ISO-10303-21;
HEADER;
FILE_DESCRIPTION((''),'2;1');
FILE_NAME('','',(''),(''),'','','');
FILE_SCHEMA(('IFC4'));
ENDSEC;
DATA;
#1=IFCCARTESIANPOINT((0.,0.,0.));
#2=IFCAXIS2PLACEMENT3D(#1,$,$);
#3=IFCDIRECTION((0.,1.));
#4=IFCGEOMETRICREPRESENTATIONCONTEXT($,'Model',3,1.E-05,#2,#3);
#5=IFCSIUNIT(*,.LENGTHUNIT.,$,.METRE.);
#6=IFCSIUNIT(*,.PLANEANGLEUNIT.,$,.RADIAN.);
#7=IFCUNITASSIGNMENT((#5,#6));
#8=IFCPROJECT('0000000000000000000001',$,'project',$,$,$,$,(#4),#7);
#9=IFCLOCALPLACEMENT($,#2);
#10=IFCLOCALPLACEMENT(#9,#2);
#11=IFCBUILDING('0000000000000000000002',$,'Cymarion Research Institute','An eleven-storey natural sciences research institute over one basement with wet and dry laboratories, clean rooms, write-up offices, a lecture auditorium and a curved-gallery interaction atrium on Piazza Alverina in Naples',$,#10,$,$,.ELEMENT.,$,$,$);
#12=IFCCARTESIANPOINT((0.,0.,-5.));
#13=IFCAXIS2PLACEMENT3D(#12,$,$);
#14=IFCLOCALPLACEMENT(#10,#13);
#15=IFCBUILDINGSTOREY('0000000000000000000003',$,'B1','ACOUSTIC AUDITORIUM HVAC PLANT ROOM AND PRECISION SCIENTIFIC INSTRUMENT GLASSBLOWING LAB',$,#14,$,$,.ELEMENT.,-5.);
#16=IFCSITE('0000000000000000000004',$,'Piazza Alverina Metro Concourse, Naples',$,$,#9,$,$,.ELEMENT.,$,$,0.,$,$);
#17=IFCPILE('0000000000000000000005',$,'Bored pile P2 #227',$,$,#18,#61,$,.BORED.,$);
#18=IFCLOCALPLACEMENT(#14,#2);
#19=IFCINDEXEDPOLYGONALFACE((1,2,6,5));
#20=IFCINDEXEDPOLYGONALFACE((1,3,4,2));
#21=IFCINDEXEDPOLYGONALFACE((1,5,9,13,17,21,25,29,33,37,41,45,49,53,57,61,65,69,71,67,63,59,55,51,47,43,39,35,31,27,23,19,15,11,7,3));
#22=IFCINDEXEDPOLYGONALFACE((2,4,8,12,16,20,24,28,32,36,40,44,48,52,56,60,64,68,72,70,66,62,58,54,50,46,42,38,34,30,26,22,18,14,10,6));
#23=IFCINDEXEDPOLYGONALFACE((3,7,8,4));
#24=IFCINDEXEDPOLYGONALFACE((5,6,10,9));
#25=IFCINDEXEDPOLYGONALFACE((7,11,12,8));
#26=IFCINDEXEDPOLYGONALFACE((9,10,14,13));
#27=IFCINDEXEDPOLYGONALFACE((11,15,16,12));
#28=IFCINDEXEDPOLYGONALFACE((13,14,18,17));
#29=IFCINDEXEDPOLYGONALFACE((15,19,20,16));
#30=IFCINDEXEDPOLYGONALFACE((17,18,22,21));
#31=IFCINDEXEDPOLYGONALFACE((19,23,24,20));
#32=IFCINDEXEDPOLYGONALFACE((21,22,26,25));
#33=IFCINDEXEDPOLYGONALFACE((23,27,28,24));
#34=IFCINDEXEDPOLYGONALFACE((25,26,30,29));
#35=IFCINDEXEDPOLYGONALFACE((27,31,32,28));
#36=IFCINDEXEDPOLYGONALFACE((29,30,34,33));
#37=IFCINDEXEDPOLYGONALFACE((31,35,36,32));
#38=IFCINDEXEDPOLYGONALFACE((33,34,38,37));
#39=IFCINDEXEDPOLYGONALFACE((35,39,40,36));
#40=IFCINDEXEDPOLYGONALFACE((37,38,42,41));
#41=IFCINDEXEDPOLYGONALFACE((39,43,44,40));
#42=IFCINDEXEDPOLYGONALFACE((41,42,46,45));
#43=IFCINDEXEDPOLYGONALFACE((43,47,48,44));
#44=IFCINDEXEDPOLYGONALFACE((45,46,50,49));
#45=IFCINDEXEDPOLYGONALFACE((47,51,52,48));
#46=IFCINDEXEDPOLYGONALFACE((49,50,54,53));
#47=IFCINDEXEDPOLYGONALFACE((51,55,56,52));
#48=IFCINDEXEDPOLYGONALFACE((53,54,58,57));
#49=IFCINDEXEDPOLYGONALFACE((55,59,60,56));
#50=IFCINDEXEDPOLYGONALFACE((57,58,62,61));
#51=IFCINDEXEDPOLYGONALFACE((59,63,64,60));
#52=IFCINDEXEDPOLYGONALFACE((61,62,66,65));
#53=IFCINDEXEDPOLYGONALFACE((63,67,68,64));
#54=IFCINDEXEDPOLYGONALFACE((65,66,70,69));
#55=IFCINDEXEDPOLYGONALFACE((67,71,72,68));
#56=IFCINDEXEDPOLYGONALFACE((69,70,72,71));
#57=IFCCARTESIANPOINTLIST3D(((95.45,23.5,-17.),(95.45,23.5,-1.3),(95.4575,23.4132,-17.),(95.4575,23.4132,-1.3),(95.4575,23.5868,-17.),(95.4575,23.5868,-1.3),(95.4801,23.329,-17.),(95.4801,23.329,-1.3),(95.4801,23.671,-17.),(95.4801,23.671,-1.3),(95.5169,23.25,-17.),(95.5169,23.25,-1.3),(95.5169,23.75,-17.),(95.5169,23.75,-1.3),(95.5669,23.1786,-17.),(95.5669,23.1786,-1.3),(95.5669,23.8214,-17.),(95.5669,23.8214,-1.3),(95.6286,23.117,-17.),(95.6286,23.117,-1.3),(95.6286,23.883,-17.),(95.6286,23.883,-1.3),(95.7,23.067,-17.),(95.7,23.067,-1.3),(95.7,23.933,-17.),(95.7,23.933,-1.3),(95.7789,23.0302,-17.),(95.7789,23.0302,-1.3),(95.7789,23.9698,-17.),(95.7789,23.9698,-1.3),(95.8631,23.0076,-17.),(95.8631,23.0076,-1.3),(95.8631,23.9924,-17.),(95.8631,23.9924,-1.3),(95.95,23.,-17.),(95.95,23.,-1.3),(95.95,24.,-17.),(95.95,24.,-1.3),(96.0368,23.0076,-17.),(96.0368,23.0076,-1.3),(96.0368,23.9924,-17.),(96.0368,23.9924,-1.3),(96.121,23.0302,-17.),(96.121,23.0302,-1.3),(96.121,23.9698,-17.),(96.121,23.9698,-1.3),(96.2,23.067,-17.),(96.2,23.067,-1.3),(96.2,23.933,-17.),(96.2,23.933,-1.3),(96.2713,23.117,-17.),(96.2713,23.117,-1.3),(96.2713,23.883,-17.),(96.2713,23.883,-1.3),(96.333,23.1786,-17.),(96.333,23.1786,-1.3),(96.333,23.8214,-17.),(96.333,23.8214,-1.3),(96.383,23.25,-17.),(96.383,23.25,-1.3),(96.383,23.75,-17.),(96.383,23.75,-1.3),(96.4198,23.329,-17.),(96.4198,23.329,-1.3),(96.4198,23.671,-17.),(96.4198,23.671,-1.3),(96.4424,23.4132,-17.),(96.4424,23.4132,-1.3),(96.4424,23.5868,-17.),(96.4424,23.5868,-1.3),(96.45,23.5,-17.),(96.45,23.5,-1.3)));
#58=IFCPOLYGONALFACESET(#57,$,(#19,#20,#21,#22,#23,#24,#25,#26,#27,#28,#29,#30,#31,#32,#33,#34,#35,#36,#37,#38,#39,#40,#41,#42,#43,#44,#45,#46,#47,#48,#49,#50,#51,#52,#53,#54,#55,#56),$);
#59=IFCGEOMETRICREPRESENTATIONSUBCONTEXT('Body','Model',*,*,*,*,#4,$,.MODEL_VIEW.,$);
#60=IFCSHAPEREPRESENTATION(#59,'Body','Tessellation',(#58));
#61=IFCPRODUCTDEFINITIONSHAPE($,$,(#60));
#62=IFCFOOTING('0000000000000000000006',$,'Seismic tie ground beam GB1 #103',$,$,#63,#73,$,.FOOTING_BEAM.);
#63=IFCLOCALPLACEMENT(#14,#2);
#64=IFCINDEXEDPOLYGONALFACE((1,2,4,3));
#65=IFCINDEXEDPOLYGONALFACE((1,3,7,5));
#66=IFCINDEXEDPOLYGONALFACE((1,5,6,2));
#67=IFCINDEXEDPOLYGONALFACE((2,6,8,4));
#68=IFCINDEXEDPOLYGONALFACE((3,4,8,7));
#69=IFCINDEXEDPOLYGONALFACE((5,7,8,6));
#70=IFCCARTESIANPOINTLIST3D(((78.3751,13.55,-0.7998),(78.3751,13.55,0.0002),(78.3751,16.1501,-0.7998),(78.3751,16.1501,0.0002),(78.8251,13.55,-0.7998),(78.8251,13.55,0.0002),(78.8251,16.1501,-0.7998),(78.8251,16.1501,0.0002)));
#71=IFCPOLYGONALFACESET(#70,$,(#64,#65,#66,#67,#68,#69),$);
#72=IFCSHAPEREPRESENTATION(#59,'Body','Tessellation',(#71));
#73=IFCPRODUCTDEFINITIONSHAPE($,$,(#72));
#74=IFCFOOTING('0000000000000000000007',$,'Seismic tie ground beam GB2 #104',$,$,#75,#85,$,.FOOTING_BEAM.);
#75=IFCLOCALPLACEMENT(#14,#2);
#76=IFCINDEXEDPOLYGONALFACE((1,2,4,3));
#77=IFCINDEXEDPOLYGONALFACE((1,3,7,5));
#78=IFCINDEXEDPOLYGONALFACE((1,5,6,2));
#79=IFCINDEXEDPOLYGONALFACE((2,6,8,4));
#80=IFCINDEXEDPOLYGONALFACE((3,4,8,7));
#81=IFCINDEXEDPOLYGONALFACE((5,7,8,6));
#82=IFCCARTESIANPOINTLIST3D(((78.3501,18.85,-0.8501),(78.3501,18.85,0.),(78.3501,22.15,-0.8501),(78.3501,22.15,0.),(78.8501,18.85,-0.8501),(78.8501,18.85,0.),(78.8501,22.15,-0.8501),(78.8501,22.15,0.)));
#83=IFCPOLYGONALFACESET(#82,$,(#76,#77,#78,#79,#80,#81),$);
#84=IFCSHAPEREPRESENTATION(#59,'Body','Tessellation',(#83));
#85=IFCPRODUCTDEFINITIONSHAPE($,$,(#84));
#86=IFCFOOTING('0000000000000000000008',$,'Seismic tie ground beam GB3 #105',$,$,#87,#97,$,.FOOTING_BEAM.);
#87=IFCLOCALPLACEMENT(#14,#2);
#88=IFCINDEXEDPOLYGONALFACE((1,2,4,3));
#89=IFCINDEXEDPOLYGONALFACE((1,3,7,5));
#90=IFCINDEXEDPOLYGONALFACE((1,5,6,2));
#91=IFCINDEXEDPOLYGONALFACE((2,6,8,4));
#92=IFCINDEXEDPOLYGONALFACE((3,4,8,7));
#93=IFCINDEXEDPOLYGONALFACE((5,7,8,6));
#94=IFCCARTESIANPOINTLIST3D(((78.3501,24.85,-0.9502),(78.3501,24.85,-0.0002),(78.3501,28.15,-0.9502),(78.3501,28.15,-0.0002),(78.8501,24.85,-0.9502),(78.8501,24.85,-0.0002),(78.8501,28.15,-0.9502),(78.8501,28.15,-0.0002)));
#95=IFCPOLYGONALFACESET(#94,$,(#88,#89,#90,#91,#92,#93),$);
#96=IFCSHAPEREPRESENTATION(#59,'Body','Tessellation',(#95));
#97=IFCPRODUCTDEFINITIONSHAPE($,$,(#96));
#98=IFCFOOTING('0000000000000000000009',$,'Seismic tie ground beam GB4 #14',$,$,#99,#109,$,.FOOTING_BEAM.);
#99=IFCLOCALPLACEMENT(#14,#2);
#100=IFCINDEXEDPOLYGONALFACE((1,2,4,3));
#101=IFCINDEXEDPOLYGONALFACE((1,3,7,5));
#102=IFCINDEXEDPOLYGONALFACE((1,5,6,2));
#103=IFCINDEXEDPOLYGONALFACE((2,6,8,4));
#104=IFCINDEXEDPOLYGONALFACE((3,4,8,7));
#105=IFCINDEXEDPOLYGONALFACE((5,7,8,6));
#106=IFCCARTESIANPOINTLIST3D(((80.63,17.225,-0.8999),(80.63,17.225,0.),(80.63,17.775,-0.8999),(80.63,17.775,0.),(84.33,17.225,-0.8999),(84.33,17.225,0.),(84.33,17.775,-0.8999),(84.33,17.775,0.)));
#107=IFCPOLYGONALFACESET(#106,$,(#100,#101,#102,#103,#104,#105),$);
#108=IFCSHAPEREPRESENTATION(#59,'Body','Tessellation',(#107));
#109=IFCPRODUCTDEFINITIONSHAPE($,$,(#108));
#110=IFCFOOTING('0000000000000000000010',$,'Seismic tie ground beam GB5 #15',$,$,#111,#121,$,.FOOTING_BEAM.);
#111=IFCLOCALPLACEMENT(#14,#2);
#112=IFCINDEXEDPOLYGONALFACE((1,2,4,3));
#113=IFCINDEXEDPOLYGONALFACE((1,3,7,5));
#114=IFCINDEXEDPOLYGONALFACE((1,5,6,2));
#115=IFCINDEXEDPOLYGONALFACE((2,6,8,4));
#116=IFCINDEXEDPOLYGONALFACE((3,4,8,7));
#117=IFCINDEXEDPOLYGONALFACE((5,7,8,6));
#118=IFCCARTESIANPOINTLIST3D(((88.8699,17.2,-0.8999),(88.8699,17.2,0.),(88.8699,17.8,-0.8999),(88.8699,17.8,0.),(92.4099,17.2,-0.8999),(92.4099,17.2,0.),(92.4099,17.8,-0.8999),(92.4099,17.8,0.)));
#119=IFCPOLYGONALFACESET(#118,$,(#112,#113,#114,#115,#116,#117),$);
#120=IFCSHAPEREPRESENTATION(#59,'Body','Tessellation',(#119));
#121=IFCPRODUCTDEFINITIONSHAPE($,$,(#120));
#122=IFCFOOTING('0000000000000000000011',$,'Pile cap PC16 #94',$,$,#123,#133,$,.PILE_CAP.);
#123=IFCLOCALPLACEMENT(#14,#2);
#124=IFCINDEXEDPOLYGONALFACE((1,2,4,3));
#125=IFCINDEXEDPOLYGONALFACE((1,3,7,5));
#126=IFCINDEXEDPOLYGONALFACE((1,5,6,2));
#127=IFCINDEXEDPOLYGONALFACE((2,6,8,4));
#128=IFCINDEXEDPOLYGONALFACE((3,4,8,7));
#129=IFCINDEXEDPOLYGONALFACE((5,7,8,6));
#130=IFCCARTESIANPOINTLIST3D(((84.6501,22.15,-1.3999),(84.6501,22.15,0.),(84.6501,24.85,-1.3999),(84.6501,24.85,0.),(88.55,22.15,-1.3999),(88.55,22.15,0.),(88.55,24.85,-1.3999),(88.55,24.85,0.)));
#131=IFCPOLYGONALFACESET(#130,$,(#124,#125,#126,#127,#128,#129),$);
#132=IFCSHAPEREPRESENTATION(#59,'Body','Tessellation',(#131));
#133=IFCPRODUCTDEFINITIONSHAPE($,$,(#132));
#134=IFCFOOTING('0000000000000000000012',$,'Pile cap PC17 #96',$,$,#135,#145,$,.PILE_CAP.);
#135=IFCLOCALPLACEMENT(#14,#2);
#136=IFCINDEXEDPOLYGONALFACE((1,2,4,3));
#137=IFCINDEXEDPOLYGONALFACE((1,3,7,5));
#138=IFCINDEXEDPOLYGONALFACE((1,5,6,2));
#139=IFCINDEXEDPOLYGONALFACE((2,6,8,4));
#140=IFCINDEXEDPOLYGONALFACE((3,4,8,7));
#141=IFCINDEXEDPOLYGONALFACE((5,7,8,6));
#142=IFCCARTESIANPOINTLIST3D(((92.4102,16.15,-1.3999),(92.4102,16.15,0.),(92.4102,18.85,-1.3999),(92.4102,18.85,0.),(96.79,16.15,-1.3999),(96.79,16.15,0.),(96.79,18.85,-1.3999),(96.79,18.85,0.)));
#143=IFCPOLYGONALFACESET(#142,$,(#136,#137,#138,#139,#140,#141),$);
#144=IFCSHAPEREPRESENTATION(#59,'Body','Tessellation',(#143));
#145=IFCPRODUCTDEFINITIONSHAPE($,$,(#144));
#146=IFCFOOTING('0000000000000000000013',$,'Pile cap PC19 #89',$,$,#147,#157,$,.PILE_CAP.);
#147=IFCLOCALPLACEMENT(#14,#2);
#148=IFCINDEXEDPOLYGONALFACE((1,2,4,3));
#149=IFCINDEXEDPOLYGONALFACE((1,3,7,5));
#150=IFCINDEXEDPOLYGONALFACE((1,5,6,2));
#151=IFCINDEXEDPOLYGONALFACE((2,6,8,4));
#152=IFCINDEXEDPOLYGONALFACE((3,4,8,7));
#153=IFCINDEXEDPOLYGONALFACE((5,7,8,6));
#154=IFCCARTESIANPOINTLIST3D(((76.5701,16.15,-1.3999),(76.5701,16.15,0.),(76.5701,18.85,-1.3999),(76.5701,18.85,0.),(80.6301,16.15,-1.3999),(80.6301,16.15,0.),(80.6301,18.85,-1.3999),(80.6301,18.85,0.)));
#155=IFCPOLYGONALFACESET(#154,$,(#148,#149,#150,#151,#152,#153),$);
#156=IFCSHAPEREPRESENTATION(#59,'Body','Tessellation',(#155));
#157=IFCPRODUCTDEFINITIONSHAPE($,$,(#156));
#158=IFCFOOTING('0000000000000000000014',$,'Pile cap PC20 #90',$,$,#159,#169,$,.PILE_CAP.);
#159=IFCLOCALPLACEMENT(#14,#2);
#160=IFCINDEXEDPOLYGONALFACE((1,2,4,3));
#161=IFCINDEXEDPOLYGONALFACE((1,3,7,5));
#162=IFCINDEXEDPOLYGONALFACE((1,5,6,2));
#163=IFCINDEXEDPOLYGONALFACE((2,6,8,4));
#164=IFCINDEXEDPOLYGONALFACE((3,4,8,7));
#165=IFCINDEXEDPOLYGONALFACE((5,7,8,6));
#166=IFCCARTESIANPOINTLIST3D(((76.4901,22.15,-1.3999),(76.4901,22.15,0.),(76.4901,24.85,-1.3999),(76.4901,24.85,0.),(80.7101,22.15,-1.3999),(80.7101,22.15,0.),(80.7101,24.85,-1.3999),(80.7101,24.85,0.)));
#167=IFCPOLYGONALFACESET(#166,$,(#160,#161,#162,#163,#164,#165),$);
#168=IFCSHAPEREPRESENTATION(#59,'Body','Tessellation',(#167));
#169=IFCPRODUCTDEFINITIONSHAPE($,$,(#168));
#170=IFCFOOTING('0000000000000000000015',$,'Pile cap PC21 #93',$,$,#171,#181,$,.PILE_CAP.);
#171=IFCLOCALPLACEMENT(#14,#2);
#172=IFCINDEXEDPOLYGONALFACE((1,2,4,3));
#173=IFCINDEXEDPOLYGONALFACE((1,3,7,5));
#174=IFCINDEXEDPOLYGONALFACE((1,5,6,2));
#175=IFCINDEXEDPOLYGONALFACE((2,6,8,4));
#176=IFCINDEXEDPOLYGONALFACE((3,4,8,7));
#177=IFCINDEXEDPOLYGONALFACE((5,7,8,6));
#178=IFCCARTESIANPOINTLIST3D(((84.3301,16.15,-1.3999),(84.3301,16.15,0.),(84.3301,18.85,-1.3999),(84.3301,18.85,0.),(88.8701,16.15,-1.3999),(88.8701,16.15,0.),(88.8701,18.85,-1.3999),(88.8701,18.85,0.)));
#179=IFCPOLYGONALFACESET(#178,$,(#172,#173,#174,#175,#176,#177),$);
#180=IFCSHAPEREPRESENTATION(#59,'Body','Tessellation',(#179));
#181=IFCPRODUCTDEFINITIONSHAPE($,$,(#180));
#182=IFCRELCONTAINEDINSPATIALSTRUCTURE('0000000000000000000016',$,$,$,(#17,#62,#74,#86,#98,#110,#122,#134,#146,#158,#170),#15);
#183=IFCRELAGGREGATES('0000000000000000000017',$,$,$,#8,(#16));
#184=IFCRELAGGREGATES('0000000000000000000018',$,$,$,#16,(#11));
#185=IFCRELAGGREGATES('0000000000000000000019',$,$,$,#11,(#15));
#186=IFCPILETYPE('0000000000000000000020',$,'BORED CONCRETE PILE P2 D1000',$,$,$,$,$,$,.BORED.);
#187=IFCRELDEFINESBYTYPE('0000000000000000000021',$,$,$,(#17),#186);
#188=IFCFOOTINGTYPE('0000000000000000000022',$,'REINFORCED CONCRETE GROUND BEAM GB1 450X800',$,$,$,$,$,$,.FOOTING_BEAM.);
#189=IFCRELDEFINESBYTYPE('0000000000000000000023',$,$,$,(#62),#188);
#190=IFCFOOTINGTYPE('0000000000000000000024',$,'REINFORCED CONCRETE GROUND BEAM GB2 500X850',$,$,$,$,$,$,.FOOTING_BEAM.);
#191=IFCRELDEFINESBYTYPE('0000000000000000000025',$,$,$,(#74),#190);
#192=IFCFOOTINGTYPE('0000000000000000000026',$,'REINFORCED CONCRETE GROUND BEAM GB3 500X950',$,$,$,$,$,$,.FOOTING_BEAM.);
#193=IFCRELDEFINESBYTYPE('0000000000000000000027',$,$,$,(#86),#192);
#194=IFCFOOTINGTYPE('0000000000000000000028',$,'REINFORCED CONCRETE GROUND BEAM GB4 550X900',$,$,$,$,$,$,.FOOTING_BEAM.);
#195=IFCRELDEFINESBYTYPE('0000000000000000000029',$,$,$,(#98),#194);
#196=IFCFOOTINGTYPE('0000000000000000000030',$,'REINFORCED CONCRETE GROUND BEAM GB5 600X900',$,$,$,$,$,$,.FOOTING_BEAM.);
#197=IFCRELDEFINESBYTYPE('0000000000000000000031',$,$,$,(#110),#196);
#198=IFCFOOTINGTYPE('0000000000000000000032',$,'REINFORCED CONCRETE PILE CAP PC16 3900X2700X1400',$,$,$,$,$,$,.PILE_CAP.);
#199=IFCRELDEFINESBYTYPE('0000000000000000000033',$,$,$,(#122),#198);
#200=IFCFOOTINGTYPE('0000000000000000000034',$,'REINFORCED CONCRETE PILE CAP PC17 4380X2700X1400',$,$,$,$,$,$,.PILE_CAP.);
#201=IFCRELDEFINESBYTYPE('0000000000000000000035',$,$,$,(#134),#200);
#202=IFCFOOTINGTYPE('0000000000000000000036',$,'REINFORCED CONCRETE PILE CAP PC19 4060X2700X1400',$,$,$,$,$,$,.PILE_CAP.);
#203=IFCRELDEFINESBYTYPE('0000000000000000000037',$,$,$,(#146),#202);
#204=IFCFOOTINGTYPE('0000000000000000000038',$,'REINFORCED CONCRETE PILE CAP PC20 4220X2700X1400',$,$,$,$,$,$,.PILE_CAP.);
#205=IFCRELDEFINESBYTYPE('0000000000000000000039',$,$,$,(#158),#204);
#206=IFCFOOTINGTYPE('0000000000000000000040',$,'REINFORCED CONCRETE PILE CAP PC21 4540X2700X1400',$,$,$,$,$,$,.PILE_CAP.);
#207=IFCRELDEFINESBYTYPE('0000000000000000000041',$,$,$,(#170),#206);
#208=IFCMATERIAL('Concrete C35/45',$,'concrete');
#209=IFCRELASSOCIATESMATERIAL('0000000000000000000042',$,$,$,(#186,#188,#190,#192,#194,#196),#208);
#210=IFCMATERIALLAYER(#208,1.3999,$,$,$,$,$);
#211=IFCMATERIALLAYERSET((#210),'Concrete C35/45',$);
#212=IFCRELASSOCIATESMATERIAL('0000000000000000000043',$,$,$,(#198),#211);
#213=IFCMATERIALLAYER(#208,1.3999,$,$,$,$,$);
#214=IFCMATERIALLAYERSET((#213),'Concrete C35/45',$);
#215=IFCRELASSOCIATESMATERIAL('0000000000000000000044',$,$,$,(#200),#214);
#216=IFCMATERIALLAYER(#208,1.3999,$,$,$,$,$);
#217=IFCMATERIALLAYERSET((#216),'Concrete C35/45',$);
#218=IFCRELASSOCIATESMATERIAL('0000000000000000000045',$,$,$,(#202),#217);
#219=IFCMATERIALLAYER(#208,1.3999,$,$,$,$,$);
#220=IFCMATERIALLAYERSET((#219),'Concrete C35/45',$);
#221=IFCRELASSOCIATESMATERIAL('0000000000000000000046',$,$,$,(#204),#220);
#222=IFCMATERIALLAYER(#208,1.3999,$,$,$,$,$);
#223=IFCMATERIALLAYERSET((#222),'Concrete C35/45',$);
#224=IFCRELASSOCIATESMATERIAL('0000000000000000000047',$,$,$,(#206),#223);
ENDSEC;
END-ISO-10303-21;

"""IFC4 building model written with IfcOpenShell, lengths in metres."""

from ifc_helpers import new_model, si_unit, direction, frame, origin, origin_2d, place, context, subcontext, project, spatial, rectangle, circle, extrude, material, layer, layer_set, material_profile, profile_set, type_object, element, save


model = new_model("IFC4")

# Units and contexts
model_context = context("Model", 3, precision=1e-05, world=origin(), true_north=direction((0.0, 1.0)))
body_context = subcontext(model_context, "Body", "Model", "MODEL_VIEW")
ifc_project = project(units=[si_unit("LENGTHUNIT", "METRE"), si_unit("PLANEANGLEUNIT", "RADIAN")], contexts=[model_context])

# Site, building, storey
site_placement = place(None, origin())
site = spatial("IfcSite", under=ifc_project, at=site_placement, Name="Piazza Alverina Metro Concourse, Naples", CompositionType="ELEMENT", RefElevation=0.0)
building_placement = place(site_placement, origin())
building = spatial("IfcBuilding", under=site, at=building_placement, Name="Cymarion Research Institute", Description="An eleven-storey natural sciences research institute over one basement with wet and dry laboratories, clean rooms, write-up offices, a lecture auditorium and a curved-gallery interaction atrium on Piazza Alverina in Naples", CompositionType="ELEMENT")
storey_placement = place(building_placement, frame((0.0, 0.0, -5.0)))
storey = spatial("IfcBuildingStorey", under=building, at=storey_placement, Name="B1", Description="ACOUSTIC AUDITORIUM HVAC PLANT ROOM AND PRECISION SCIENTIFIC INSTRUMENT GLASSBLOWING LAB", CompositionType="ELEMENT", Elevation=-5.0)

# Pile
ifc_material_1 = material(Name="Concrete C35/45", Category="concrete")
ifc_material_profile_1 = material_profile(ifc_material_1, circle(Radius=0.5, at=origin_2d()), Name="BORED PILE D1000")
ifc_profile_set_1 = profile_set([ifc_material_profile_1], Name="Concrete C35/45")
pile_type = type_object("IfcPileType", Name="BORED CONCRETE PILE P2 D1000", PredefinedType="BORED", material=ifc_profile_set_1)
for number, where, z_axis, x_axis, name in (
    (1, (95.95, 23.5, -1.3), (0.0, 0.0, -1.0), (1.0, 0.0, 0.0), "Bored pile P2 #227"),
):
    element("IfcPile", number, at=place(storey_placement, frame(where, z_axis=z_axis, x_axis=x_axis)), inside=storey, type_object=pile_type, Name=name, PredefinedType="BORED", context=body_context, shape_type="SweptSolid", body=[
        extrude(circle(Radius=0.5, at=origin_2d()), origin(), (0.0, 0.0, 1.0), 15.7),
    ])

# Footings
footing_type_1 = type_object("IfcFootingType", Name="REINFORCED CONCRETE GROUND BEAM GB1 450X800", PredefinedType="FOOTING_BEAM", material=ifc_material_1)
footing_1_placement = place(storey_placement, frame((78.6001, 14.8501, -0.7998), z_axis=(0.0, 0.0, 1.0), x_axis=(0.0, 1.0, 0.0)))
element("IfcFooting", 2, at=footing_1_placement, inside=storey, type_object=footing_type_1, Name="Seismic tie ground beam GB1 #103", PredefinedType="FOOTING_BEAM", context=body_context, shape_type="SweptSolid", body=[
    extrude(rectangle(XDim=2.6001, YDim=0.45, at=origin_2d()), origin(), (0.0, 0.0, 1.0), 0.8),
])
footing_type_2 = type_object("IfcFootingType", Name="REINFORCED CONCRETE GROUND BEAM GB2 500X850", PredefinedType="FOOTING_BEAM", material=ifc_material_1)
footing_2_placement = place(storey_placement, frame((78.6001, 20.5, -0.8501), z_axis=(0.0, 0.0, 1.0), x_axis=(0.0, 1.0, 0.0)))
element("IfcFooting", 3, at=footing_2_placement, inside=storey, type_object=footing_type_2, Name="Seismic tie ground beam GB2 #104", PredefinedType="FOOTING_BEAM", context=body_context, shape_type="SweptSolid", body=[
    extrude(rectangle(XDim=3.3, YDim=0.5, at=origin_2d()), origin(), (0.0, 0.0, 1.0), 0.8501),
])
footing_type_3 = type_object("IfcFootingType", Name="REINFORCED CONCRETE GROUND BEAM GB3 500X950", PredefinedType="FOOTING_BEAM", material=ifc_material_1)
footing_3_placement = place(storey_placement, frame((78.6001, 26.5, -0.9502), z_axis=(0.0, 0.0, 1.0), x_axis=(0.0, 1.0, 0.0)))
element("IfcFooting", 4, at=footing_3_placement, inside=storey, type_object=footing_type_3, Name="Seismic tie ground beam GB3 #105", PredefinedType="FOOTING_BEAM", context=body_context, shape_type="SweptSolid", body=[
    extrude(rectangle(XDim=3.3, YDim=0.5, at=origin_2d()), origin(), (0.0, 0.0, 1.0), 0.95),
])
footing_type_4 = type_object("IfcFootingType", Name="REINFORCED CONCRETE GROUND BEAM GB4 550X900", PredefinedType="FOOTING_BEAM", material=ifc_material_1)
footing_4_placement = place(storey_placement, frame((82.48, 17.5, -0.8999), z_axis=(0.0, 0.0, 1.0), x_axis=(1.0, 0.0, 0.0)))
element("IfcFooting", 5, at=footing_4_placement, inside=storey, type_object=footing_type_4, Name="Seismic tie ground beam GB4 #14", PredefinedType="FOOTING_BEAM", context=body_context, shape_type="SweptSolid", body=[
    extrude(rectangle(XDim=3.7, YDim=0.55, at=origin_2d()), origin(), (0.0, 0.0, 1.0), 0.8999),
])
footing_type_5 = type_object("IfcFootingType", Name="REINFORCED CONCRETE GROUND BEAM GB5 600X900", PredefinedType="FOOTING_BEAM", material=ifc_material_1)
footing_5_placement = place(storey_placement, frame((90.6399, 17.5, -0.8999), z_axis=(0.0, 0.0, 1.0), x_axis=(1.0, 0.0, 0.0)))
element("IfcFooting", 6, at=footing_5_placement, inside=storey, type_object=footing_type_5, Name="Seismic tie ground beam GB5 #15", PredefinedType="FOOTING_BEAM", context=body_context, shape_type="SweptSolid", body=[
    extrude(rectangle(XDim=3.54, YDim=0.6001, at=origin_2d()), origin(), (0.0, 0.0, 1.0), 0.8999),
])
ifc_layer_1 = layer(ifc_material_1, 1.3999)
ifc_layer_set_1 = layer_set([ifc_layer_1], Name="Concrete C35/45")
footing_type_6 = type_object("IfcFootingType", Name="REINFORCED CONCRETE PILE CAP PC16 3900X2700X1400", PredefinedType="PILE_CAP", material=ifc_layer_set_1)
footing_6_placement = place(storey_placement, frame((86.6001, 23.5, -1.3999), z_axis=(0.0, 0.0, 1.0), x_axis=(1.0, 0.0, 0.0)))
element("IfcFooting", 7, at=footing_6_placement, inside=storey, type_object=footing_type_6, Name="Pile cap PC16 #94", PredefinedType="PILE_CAP", context=body_context, shape_type="SweptSolid", body=[
    extrude(rectangle(XDim=3.8999, YDim=2.7, at=origin_2d()), origin(), (0.0, 0.0, 1.0), 1.3999),
])
ifc_layer_2 = layer(ifc_material_1, 1.3999)
ifc_layer_set_2 = layer_set([ifc_layer_2], Name="Concrete C35/45")
footing_type_7 = type_object("IfcFootingType", Name="REINFORCED CONCRETE PILE CAP PC17 4380X2700X1400", PredefinedType="PILE_CAP", material=ifc_layer_set_2)
footing_7_placement = place(storey_placement, frame((94.6001, 17.5, -1.3999), z_axis=(0.0, 0.0, 1.0), x_axis=(1.0, 0.0, 0.0)))
element("IfcFooting", 8, at=footing_7_placement, inside=storey, type_object=footing_type_7, Name="Pile cap PC17 #96", PredefinedType="PILE_CAP", context=body_context, shape_type="SweptSolid", body=[
    extrude(rectangle(XDim=4.3799, YDim=2.7, at=origin_2d()), origin(), (0.0, 0.0, 1.0), 1.3999),
])
ifc_layer_3 = layer(ifc_material_1, 1.3999)
ifc_layer_set_3 = layer_set([ifc_layer_3], Name="Concrete C35/45")
footing_type_8 = type_object("IfcFootingType", Name="REINFORCED CONCRETE PILE CAP PC19 4060X2700X1400", PredefinedType="PILE_CAP", material=ifc_layer_set_3)
footing_8_placement = place(storey_placement, frame((78.6001, 17.5, -1.3999), z_axis=(0.0, 0.0, 1.0), x_axis=(1.0, 0.0, 0.0)))
element("IfcFooting", 9, at=footing_8_placement, inside=storey, type_object=footing_type_8, Name="Pile cap PC19 #89", PredefinedType="PILE_CAP", context=body_context, shape_type="SweptSolid", body=[
    extrude(rectangle(XDim=4.0601, YDim=2.7, at=origin_2d()), origin(), (0.0, 0.0, 1.0), 1.3999),
])
ifc_layer_4 = layer(ifc_material_1, 1.3999)
ifc_layer_set_4 = layer_set([ifc_layer_4], Name="Concrete C35/45")
footing_type_9 = type_object("IfcFootingType", Name="REINFORCED CONCRETE PILE CAP PC20 4220X2700X1400", PredefinedType="PILE_CAP", material=ifc_layer_set_4)
footing_9_placement = place(storey_placement, frame((78.6001, 23.5, -1.3999), z_axis=(0.0, 0.0, 1.0), x_axis=(1.0, 0.0, 0.0)))
element("IfcFooting", 10, at=footing_9_placement, inside=storey, type_object=footing_type_9, Name="Pile cap PC20 #90", PredefinedType="PILE_CAP", context=body_context, shape_type="SweptSolid", body=[
    extrude(rectangle(XDim=4.22, YDim=2.7, at=origin_2d()), origin(), (0.0, 0.0, 1.0), 1.3999),
])
ifc_layer_5 = layer(ifc_material_1, 1.3999)
ifc_layer_set_5 = layer_set([ifc_layer_5], Name="Concrete C35/45")
footing_type_10 = type_object("IfcFootingType", Name="REINFORCED CONCRETE PILE CAP PC21 4540X2700X1400", PredefinedType="PILE_CAP", material=ifc_layer_set_5)
for number, where, z_axis, x_axis, name in (
    (11, (86.6001, 17.5, -1.3999), (0.0, 0.0, 1.0), (1.0, 0.0, 0.0), "Pile cap PC21 #93"),
):
    element("IfcFooting", number, at=place(storey_placement, frame(where, z_axis=z_axis, x_axis=x_axis)), inside=storey, type_object=footing_type_10, Name=name, PredefinedType="PILE_CAP", context=body_context, shape_type="SweptSolid", body=[
        extrude(rectangle(XDim=4.54, YDim=2.7, at=origin_2d()), origin(), (0.0, 0.0, 1.0), 1.3999),
    ])

save(model, "model.ifc")
